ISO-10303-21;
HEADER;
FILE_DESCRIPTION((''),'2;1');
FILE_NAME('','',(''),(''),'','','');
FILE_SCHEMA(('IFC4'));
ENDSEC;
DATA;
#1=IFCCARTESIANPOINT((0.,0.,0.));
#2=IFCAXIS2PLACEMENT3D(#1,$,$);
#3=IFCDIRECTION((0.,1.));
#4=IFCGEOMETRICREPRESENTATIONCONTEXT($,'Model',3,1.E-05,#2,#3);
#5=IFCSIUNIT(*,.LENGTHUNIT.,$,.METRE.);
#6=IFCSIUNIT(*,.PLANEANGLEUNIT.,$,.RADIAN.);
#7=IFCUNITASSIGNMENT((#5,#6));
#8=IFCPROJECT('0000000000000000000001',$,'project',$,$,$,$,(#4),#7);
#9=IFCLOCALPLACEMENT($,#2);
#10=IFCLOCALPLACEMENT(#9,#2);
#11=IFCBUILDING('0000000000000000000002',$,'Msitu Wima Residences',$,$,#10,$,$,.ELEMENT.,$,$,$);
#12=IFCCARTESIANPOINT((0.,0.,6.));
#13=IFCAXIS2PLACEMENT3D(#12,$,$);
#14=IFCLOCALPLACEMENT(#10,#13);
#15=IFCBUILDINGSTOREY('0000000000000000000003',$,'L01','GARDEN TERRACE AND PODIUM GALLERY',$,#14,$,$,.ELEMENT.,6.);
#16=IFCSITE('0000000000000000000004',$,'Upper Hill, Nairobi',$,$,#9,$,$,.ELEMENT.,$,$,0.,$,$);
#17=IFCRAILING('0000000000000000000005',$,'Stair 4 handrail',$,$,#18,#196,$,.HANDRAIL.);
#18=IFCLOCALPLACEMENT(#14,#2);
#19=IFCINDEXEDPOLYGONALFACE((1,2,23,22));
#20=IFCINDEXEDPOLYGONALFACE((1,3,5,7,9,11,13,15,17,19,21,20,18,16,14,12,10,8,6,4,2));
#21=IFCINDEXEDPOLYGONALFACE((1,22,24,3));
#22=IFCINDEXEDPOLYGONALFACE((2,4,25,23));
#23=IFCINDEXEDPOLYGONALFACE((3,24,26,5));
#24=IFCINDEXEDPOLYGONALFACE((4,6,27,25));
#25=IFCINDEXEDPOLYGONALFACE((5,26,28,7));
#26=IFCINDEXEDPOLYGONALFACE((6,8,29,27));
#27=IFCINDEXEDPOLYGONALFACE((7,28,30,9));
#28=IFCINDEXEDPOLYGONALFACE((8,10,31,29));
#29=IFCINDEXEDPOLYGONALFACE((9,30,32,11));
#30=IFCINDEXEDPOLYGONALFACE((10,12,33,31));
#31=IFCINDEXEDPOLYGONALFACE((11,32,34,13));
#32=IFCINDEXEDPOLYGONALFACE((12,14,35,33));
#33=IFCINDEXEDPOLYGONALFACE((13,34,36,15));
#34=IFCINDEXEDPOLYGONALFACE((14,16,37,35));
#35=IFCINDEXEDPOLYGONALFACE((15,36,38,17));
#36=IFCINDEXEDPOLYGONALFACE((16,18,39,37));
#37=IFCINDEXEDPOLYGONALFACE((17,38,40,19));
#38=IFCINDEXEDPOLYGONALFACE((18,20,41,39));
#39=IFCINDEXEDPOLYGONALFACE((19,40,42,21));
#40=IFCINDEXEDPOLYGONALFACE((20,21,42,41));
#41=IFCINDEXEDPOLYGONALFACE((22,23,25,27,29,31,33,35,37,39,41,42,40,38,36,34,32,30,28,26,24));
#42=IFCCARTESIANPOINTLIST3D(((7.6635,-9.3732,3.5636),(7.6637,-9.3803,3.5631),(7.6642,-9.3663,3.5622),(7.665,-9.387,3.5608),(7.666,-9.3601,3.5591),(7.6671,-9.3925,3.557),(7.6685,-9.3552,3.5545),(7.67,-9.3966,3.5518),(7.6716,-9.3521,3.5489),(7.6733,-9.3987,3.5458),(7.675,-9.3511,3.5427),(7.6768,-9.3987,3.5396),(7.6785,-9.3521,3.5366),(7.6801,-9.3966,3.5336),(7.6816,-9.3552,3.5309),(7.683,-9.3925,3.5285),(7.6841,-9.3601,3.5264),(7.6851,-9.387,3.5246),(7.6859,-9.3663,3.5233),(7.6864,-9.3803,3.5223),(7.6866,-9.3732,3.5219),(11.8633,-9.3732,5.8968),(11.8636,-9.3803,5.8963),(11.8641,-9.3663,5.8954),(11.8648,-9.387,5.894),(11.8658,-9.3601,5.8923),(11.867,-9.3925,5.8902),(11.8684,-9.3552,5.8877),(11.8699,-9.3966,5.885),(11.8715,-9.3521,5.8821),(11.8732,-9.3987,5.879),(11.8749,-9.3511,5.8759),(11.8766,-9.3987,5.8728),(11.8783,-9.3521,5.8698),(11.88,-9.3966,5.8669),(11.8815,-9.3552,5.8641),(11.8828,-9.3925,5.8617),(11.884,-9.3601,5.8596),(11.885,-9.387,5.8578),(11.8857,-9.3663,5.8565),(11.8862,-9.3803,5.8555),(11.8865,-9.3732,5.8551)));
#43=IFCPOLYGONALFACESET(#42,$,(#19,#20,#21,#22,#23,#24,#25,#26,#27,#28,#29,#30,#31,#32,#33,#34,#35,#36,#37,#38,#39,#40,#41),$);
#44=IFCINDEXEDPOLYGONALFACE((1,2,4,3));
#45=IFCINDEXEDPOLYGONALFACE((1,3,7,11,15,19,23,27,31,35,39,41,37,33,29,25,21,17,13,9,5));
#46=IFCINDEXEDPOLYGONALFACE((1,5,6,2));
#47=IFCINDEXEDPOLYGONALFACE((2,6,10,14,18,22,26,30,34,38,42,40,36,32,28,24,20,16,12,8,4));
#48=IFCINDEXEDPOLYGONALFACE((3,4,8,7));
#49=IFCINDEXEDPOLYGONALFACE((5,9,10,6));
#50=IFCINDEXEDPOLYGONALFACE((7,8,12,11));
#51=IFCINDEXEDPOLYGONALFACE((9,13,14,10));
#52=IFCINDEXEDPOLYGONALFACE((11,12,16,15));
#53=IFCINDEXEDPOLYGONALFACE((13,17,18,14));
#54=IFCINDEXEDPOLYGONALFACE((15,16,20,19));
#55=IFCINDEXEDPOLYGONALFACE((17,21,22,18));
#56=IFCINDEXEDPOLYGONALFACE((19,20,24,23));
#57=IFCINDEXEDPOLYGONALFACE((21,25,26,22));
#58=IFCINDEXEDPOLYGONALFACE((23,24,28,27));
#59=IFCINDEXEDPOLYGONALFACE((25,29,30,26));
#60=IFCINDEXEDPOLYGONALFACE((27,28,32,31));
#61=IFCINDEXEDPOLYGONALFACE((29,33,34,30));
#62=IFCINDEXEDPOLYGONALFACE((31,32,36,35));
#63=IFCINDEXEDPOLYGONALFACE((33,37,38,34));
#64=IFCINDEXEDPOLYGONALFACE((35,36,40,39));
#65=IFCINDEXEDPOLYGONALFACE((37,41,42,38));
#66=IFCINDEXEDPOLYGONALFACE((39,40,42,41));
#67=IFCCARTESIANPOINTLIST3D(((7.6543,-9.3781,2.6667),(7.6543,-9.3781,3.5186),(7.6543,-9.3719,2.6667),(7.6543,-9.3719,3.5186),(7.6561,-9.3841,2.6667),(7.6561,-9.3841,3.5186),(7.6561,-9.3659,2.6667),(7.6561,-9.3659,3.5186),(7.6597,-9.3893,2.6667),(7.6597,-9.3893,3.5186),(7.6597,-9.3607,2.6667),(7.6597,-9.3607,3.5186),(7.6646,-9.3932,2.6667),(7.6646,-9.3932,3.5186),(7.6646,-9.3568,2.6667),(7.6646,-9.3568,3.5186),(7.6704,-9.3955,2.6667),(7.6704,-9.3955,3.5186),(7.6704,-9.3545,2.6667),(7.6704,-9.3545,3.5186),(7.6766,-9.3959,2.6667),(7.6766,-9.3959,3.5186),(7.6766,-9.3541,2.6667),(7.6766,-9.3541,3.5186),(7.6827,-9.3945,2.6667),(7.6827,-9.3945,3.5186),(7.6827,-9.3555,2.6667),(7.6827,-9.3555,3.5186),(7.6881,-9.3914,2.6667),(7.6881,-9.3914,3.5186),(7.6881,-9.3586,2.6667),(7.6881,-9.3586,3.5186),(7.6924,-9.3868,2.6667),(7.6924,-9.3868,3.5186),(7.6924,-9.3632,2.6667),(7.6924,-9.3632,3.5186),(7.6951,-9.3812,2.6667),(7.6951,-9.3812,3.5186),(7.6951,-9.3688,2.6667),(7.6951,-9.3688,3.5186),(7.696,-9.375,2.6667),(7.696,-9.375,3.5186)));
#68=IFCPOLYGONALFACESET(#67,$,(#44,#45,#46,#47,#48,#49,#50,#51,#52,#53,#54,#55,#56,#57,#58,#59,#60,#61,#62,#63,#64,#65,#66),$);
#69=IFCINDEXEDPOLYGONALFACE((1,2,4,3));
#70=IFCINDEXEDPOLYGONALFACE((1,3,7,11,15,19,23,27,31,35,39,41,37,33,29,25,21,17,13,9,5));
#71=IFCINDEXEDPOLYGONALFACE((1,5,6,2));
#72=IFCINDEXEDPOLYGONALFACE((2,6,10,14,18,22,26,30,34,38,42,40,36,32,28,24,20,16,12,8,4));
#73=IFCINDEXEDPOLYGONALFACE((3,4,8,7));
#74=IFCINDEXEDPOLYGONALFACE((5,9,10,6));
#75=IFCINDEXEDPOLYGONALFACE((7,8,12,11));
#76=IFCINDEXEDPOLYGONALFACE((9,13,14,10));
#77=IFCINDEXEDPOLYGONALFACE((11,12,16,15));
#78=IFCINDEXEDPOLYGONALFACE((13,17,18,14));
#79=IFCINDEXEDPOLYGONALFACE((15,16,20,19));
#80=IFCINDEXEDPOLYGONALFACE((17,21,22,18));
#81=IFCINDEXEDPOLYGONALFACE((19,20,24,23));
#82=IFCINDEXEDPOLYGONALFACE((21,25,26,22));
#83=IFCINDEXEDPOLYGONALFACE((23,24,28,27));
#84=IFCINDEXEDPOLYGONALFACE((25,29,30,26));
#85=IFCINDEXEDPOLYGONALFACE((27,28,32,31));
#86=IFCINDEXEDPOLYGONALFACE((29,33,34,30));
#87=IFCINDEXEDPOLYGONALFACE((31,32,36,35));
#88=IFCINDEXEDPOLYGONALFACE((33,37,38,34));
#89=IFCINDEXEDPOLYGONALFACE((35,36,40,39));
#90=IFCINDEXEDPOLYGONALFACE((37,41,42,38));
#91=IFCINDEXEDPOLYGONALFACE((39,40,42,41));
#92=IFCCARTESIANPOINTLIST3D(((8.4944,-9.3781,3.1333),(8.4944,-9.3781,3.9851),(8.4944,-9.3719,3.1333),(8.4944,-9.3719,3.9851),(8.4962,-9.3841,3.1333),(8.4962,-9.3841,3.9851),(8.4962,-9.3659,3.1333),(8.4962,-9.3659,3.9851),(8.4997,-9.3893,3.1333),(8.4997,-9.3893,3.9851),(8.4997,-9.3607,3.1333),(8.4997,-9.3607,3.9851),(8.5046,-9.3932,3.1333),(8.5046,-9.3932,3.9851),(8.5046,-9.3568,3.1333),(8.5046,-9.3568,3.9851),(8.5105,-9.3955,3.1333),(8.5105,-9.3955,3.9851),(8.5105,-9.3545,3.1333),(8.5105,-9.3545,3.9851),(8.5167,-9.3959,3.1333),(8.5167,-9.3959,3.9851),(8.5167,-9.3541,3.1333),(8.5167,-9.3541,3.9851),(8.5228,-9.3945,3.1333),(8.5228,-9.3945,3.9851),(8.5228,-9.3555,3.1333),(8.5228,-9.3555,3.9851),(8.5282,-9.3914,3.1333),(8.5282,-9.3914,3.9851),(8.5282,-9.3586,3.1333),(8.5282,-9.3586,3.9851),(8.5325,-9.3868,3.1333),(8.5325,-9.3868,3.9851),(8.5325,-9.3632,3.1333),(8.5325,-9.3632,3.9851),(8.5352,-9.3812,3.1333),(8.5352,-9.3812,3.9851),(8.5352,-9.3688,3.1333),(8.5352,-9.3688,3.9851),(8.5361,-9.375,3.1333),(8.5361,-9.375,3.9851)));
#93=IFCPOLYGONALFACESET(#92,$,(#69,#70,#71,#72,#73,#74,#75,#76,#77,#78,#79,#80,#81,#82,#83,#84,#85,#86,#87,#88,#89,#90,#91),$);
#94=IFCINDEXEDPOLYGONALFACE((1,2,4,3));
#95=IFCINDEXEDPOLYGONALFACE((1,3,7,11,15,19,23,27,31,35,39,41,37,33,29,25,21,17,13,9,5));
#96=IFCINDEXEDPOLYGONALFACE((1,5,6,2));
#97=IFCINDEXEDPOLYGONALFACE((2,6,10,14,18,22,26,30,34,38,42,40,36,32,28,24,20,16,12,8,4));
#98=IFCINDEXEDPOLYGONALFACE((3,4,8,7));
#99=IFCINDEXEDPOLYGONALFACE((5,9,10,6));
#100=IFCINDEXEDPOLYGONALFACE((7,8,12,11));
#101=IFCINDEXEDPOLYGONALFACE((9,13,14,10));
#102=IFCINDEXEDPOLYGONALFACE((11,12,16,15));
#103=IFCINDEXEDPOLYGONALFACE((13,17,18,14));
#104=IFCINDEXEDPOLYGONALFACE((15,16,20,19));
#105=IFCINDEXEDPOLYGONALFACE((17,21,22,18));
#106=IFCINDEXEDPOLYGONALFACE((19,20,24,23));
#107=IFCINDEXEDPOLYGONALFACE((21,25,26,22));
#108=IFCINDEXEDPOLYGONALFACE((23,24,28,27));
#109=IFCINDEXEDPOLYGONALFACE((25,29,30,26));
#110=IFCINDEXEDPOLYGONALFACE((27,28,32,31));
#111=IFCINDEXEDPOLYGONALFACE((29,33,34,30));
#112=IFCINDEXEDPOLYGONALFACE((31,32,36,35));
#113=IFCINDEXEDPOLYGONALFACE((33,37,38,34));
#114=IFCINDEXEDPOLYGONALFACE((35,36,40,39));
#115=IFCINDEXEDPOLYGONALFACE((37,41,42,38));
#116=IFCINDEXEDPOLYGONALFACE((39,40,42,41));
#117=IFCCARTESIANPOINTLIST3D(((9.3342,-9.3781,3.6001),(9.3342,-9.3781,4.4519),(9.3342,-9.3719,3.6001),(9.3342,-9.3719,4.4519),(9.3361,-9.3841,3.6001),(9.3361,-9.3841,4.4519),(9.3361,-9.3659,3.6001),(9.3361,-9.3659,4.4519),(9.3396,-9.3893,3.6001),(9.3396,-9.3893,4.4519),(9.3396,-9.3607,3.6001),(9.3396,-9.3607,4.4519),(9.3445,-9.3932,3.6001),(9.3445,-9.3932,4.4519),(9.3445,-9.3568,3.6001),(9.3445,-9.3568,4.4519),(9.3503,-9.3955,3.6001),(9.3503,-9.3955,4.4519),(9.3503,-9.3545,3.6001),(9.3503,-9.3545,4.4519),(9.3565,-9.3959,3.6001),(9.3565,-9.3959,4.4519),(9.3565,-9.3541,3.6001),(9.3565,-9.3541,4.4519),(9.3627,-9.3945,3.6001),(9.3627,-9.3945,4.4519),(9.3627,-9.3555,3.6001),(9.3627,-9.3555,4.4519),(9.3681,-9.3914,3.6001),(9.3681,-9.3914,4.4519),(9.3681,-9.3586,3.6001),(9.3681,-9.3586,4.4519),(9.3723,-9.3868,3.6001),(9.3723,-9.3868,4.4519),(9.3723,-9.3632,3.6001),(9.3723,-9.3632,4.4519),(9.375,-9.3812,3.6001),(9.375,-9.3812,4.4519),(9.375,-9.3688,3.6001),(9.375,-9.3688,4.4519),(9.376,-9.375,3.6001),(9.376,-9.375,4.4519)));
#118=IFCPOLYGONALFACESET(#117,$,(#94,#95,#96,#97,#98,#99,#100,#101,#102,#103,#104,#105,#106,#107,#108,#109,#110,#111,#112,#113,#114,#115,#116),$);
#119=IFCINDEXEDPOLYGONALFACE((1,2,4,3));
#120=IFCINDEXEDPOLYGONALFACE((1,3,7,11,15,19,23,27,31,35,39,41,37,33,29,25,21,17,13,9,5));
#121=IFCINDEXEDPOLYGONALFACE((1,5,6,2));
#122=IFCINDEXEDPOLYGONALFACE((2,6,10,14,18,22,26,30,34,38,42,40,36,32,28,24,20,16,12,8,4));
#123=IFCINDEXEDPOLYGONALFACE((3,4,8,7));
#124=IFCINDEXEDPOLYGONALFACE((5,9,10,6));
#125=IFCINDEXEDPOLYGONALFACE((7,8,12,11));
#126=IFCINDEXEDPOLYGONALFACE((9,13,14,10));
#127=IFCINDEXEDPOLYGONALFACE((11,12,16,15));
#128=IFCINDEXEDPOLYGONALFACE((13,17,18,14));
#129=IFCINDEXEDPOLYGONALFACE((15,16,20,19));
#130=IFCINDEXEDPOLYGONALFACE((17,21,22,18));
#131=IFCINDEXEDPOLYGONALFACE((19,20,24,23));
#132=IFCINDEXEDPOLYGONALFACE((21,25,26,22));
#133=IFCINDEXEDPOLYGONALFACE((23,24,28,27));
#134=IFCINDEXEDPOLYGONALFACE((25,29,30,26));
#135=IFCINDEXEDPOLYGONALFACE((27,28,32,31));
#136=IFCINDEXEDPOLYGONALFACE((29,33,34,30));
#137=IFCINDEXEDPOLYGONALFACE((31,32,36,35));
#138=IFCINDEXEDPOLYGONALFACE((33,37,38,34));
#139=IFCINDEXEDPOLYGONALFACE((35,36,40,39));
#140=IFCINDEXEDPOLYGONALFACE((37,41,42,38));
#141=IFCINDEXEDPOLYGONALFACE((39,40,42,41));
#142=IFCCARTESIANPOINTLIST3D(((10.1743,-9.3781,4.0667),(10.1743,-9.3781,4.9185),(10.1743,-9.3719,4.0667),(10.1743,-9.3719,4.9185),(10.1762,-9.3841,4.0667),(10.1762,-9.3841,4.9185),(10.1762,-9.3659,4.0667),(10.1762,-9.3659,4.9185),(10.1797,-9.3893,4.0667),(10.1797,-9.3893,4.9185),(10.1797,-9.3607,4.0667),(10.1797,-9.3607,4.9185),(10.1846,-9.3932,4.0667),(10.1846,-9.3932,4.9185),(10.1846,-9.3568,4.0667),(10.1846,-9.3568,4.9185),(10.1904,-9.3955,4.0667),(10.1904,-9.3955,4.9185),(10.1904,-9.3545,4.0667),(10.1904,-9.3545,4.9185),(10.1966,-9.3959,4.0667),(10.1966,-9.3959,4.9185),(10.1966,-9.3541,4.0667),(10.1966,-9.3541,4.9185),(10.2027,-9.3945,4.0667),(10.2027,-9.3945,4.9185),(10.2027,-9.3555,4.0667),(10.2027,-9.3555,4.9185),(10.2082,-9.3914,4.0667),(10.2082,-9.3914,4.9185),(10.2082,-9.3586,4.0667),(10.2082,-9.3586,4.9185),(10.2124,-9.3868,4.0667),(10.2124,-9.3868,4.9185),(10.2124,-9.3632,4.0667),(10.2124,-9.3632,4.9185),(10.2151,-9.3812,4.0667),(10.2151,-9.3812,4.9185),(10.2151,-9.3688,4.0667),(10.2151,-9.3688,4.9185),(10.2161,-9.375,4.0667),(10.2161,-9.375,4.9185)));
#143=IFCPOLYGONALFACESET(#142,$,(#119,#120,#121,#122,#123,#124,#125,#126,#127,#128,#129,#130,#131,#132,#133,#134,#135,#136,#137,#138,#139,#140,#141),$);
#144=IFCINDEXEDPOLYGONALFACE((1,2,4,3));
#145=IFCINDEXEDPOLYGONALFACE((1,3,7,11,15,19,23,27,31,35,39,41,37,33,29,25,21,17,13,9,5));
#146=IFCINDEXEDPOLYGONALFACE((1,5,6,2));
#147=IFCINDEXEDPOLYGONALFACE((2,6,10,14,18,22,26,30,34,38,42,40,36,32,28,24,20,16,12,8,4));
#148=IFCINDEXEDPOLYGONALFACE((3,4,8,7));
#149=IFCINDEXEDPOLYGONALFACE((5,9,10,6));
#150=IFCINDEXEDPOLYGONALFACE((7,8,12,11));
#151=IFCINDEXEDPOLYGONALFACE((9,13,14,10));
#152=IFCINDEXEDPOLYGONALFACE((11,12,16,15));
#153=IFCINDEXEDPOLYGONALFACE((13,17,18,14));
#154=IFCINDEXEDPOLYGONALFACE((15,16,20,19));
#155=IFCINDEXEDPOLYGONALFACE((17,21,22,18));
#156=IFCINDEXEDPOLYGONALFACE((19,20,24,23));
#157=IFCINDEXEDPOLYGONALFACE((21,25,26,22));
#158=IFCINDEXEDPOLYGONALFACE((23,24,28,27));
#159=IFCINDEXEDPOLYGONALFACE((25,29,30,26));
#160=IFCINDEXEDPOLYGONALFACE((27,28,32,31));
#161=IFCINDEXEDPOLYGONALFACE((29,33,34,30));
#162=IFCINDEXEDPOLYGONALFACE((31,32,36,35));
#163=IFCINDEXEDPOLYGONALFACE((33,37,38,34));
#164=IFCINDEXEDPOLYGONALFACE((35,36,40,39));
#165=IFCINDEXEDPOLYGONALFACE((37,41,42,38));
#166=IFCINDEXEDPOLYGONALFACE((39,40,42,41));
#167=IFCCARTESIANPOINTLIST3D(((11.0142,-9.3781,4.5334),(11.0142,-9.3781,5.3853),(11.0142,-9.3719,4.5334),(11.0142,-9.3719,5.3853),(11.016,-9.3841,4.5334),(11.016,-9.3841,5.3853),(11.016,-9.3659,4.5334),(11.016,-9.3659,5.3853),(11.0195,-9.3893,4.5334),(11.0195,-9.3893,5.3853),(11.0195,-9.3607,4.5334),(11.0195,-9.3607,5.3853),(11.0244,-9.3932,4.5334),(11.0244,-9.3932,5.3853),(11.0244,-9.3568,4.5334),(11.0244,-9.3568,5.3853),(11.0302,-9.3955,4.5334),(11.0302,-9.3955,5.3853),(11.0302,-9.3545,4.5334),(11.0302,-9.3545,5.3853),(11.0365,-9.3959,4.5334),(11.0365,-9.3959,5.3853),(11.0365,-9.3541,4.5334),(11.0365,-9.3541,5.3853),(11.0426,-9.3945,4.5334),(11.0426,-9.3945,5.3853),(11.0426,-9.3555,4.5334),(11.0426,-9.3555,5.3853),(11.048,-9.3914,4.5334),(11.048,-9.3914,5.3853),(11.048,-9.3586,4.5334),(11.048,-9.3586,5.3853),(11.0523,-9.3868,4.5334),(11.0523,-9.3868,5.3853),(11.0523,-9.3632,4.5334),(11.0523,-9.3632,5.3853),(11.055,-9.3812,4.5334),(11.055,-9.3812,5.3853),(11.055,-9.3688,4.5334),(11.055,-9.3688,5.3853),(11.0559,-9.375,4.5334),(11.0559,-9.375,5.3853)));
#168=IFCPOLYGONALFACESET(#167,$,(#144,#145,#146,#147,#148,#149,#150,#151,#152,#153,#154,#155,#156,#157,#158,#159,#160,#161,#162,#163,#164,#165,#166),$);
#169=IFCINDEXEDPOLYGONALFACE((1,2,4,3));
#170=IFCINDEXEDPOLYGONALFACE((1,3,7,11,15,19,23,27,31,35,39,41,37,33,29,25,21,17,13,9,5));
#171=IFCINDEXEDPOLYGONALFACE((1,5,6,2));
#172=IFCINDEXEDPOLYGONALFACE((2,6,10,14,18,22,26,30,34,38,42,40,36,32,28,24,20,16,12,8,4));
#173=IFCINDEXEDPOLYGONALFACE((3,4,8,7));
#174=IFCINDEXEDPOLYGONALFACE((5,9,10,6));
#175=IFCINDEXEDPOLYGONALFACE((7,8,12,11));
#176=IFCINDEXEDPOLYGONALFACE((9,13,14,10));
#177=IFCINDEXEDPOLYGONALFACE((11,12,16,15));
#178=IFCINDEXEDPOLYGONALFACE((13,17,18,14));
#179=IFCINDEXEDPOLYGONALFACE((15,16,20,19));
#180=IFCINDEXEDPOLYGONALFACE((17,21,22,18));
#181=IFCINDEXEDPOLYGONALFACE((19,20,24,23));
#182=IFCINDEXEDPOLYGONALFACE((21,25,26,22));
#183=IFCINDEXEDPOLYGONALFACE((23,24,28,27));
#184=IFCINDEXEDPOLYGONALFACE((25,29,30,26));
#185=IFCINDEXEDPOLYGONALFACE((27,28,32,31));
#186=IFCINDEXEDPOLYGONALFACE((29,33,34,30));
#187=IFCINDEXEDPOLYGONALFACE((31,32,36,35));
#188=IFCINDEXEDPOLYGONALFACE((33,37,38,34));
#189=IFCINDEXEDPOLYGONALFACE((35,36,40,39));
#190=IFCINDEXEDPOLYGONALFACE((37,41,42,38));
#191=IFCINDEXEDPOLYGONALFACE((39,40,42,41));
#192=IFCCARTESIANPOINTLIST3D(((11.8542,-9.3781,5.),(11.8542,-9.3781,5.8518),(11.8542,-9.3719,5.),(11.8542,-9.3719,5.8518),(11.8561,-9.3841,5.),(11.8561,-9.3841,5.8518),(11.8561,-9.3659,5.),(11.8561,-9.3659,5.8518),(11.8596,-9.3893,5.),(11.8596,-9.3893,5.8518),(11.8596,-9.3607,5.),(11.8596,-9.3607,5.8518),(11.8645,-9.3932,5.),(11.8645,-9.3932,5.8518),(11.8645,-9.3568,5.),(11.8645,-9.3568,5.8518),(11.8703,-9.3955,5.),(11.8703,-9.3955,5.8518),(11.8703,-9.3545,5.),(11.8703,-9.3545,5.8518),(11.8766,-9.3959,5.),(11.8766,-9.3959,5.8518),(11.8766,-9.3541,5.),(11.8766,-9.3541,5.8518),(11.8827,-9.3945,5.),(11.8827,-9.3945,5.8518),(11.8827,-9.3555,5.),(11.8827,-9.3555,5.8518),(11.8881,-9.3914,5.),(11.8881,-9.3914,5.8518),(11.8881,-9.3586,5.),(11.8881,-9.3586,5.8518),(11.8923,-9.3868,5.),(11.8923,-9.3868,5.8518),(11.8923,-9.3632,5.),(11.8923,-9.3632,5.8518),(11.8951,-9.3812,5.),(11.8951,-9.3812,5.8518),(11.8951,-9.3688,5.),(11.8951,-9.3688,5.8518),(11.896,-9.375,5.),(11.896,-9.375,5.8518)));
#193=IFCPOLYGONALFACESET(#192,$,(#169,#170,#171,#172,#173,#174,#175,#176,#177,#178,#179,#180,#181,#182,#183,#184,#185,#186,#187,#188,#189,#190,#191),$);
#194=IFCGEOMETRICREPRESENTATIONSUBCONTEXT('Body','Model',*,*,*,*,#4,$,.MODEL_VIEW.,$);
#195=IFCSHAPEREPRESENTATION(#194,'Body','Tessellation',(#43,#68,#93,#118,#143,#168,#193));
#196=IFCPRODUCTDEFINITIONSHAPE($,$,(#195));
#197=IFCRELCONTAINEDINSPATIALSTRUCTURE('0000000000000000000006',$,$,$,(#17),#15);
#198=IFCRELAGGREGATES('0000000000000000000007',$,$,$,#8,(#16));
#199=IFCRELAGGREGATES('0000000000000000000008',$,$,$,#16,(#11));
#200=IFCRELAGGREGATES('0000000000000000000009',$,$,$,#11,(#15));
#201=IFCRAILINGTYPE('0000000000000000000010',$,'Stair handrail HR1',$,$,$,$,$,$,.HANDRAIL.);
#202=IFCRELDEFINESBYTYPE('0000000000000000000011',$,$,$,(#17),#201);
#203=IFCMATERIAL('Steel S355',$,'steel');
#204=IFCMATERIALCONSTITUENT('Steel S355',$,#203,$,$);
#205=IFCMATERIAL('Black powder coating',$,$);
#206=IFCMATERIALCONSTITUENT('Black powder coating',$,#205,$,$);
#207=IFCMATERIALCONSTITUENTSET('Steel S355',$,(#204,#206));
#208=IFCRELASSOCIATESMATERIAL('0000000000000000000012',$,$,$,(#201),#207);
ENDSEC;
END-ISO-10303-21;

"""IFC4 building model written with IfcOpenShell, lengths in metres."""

from ifc_helpers import new_model, si_unit, direction, frame, origin, origin_2d, place, context, subcontext, project, spatial, circle, extrude, material, constituent, constituent_set, type_object, element, save


model = new_model("IFC4")

# Units and contexts
model_context = context("Model", 3, precision=1e-05, world=origin(), true_north=direction((0.0, 1.0)))
body_context = subcontext(model_context, "Body", "Model", "MODEL_VIEW")
ifc_project = project(units=[si_unit("LENGTHUNIT", "METRE"), si_unit("PLANEANGLEUNIT", "RADIAN")], contexts=[model_context])

# Site, building, storey
site_placement = place(None, origin())
site = spatial("IfcSite", under=ifc_project, at=site_placement, Name="Upper Hill, Nairobi", CompositionType="ELEMENT", RefElevation=0.0)
building_placement = place(site_placement, origin())
building = spatial("IfcBuilding", under=site, at=building_placement, Name="Msitu Wima Residences", CompositionType="ELEMENT")
storey_placement = place(building_placement, frame((0.0, 0.0, 6.0)))
storey = spatial("IfcBuildingStorey", under=building, at=storey_placement, Name="L01", Description="GARDEN TERRACE AND PODIUM GALLERY", CompositionType="ELEMENT", Elevation=6.0)

# Railing
ifc_material_1 = material(Name="Steel S355", Category="steel")
ifc_constituent_1 = constituent(ifc_material_1, Name="Steel S355")
ifc_material_2 = material(Name="Black powder coating")
ifc_constituent_2 = constituent(ifc_material_2, Name="Black powder coating")
ifc_constituent_set = constituent_set(constituents=[ifc_constituent_1, ifc_constituent_2], Name="Steel S355")
railing_type = type_object("IfcRailingType", Name="Stair handrail HR1", PredefinedType="HANDRAIL", material=ifc_constituent_set)
railing_1_placement = place(storey_placement, frame((7.675, -9.375, 2.6667)))
element("IfcRailing", 1, at=railing_1_placement, inside=storey, type_object=railing_type, Name="Stair 4 handrail", PredefinedType="HANDRAIL", context=body_context, shape_type="SweptSolid", body=[
    extrude(circle(Radius=0.0239, at=origin_2d()), frame((0.0, 0.0, 0.876), z_axis=(0.874162, 0.0, 0.485634), x_axis=(0.0, 1.0, 0.0)), (0.0, 0.0, 1.0), 4.8044),
    extrude(circle(Radius=0.021, at=origin_2d()), origin(), (0.0, 0.0, 1.0), 0.8518),
    extrude(circle(Radius=0.021, at=origin_2d()), frame((0.8401, 0.0, 0.4666)), (0.0, 0.0, 1.0), 0.8518),
    extrude(circle(Radius=0.021, at=origin_2d()), frame((1.6799, 0.0, 0.9333)), (0.0, 0.0, 1.0), 0.8518),
    extrude(circle(Radius=0.021, at=origin_2d()), frame((2.52, 0.0, 1.3999)), (0.0, 0.0, 1.0), 0.8518),
    extrude(circle(Radius=0.021, at=origin_2d()), frame((3.3599, 0.0, 1.8667)), (0.0, 0.0, 1.0), 0.8518),
    extrude(circle(Radius=0.021, at=origin_2d()), frame((4.2, 0.0, 2.3333)), (0.0, 0.0, 1.0), 0.8518),
])

save(model, "model.ifc")
